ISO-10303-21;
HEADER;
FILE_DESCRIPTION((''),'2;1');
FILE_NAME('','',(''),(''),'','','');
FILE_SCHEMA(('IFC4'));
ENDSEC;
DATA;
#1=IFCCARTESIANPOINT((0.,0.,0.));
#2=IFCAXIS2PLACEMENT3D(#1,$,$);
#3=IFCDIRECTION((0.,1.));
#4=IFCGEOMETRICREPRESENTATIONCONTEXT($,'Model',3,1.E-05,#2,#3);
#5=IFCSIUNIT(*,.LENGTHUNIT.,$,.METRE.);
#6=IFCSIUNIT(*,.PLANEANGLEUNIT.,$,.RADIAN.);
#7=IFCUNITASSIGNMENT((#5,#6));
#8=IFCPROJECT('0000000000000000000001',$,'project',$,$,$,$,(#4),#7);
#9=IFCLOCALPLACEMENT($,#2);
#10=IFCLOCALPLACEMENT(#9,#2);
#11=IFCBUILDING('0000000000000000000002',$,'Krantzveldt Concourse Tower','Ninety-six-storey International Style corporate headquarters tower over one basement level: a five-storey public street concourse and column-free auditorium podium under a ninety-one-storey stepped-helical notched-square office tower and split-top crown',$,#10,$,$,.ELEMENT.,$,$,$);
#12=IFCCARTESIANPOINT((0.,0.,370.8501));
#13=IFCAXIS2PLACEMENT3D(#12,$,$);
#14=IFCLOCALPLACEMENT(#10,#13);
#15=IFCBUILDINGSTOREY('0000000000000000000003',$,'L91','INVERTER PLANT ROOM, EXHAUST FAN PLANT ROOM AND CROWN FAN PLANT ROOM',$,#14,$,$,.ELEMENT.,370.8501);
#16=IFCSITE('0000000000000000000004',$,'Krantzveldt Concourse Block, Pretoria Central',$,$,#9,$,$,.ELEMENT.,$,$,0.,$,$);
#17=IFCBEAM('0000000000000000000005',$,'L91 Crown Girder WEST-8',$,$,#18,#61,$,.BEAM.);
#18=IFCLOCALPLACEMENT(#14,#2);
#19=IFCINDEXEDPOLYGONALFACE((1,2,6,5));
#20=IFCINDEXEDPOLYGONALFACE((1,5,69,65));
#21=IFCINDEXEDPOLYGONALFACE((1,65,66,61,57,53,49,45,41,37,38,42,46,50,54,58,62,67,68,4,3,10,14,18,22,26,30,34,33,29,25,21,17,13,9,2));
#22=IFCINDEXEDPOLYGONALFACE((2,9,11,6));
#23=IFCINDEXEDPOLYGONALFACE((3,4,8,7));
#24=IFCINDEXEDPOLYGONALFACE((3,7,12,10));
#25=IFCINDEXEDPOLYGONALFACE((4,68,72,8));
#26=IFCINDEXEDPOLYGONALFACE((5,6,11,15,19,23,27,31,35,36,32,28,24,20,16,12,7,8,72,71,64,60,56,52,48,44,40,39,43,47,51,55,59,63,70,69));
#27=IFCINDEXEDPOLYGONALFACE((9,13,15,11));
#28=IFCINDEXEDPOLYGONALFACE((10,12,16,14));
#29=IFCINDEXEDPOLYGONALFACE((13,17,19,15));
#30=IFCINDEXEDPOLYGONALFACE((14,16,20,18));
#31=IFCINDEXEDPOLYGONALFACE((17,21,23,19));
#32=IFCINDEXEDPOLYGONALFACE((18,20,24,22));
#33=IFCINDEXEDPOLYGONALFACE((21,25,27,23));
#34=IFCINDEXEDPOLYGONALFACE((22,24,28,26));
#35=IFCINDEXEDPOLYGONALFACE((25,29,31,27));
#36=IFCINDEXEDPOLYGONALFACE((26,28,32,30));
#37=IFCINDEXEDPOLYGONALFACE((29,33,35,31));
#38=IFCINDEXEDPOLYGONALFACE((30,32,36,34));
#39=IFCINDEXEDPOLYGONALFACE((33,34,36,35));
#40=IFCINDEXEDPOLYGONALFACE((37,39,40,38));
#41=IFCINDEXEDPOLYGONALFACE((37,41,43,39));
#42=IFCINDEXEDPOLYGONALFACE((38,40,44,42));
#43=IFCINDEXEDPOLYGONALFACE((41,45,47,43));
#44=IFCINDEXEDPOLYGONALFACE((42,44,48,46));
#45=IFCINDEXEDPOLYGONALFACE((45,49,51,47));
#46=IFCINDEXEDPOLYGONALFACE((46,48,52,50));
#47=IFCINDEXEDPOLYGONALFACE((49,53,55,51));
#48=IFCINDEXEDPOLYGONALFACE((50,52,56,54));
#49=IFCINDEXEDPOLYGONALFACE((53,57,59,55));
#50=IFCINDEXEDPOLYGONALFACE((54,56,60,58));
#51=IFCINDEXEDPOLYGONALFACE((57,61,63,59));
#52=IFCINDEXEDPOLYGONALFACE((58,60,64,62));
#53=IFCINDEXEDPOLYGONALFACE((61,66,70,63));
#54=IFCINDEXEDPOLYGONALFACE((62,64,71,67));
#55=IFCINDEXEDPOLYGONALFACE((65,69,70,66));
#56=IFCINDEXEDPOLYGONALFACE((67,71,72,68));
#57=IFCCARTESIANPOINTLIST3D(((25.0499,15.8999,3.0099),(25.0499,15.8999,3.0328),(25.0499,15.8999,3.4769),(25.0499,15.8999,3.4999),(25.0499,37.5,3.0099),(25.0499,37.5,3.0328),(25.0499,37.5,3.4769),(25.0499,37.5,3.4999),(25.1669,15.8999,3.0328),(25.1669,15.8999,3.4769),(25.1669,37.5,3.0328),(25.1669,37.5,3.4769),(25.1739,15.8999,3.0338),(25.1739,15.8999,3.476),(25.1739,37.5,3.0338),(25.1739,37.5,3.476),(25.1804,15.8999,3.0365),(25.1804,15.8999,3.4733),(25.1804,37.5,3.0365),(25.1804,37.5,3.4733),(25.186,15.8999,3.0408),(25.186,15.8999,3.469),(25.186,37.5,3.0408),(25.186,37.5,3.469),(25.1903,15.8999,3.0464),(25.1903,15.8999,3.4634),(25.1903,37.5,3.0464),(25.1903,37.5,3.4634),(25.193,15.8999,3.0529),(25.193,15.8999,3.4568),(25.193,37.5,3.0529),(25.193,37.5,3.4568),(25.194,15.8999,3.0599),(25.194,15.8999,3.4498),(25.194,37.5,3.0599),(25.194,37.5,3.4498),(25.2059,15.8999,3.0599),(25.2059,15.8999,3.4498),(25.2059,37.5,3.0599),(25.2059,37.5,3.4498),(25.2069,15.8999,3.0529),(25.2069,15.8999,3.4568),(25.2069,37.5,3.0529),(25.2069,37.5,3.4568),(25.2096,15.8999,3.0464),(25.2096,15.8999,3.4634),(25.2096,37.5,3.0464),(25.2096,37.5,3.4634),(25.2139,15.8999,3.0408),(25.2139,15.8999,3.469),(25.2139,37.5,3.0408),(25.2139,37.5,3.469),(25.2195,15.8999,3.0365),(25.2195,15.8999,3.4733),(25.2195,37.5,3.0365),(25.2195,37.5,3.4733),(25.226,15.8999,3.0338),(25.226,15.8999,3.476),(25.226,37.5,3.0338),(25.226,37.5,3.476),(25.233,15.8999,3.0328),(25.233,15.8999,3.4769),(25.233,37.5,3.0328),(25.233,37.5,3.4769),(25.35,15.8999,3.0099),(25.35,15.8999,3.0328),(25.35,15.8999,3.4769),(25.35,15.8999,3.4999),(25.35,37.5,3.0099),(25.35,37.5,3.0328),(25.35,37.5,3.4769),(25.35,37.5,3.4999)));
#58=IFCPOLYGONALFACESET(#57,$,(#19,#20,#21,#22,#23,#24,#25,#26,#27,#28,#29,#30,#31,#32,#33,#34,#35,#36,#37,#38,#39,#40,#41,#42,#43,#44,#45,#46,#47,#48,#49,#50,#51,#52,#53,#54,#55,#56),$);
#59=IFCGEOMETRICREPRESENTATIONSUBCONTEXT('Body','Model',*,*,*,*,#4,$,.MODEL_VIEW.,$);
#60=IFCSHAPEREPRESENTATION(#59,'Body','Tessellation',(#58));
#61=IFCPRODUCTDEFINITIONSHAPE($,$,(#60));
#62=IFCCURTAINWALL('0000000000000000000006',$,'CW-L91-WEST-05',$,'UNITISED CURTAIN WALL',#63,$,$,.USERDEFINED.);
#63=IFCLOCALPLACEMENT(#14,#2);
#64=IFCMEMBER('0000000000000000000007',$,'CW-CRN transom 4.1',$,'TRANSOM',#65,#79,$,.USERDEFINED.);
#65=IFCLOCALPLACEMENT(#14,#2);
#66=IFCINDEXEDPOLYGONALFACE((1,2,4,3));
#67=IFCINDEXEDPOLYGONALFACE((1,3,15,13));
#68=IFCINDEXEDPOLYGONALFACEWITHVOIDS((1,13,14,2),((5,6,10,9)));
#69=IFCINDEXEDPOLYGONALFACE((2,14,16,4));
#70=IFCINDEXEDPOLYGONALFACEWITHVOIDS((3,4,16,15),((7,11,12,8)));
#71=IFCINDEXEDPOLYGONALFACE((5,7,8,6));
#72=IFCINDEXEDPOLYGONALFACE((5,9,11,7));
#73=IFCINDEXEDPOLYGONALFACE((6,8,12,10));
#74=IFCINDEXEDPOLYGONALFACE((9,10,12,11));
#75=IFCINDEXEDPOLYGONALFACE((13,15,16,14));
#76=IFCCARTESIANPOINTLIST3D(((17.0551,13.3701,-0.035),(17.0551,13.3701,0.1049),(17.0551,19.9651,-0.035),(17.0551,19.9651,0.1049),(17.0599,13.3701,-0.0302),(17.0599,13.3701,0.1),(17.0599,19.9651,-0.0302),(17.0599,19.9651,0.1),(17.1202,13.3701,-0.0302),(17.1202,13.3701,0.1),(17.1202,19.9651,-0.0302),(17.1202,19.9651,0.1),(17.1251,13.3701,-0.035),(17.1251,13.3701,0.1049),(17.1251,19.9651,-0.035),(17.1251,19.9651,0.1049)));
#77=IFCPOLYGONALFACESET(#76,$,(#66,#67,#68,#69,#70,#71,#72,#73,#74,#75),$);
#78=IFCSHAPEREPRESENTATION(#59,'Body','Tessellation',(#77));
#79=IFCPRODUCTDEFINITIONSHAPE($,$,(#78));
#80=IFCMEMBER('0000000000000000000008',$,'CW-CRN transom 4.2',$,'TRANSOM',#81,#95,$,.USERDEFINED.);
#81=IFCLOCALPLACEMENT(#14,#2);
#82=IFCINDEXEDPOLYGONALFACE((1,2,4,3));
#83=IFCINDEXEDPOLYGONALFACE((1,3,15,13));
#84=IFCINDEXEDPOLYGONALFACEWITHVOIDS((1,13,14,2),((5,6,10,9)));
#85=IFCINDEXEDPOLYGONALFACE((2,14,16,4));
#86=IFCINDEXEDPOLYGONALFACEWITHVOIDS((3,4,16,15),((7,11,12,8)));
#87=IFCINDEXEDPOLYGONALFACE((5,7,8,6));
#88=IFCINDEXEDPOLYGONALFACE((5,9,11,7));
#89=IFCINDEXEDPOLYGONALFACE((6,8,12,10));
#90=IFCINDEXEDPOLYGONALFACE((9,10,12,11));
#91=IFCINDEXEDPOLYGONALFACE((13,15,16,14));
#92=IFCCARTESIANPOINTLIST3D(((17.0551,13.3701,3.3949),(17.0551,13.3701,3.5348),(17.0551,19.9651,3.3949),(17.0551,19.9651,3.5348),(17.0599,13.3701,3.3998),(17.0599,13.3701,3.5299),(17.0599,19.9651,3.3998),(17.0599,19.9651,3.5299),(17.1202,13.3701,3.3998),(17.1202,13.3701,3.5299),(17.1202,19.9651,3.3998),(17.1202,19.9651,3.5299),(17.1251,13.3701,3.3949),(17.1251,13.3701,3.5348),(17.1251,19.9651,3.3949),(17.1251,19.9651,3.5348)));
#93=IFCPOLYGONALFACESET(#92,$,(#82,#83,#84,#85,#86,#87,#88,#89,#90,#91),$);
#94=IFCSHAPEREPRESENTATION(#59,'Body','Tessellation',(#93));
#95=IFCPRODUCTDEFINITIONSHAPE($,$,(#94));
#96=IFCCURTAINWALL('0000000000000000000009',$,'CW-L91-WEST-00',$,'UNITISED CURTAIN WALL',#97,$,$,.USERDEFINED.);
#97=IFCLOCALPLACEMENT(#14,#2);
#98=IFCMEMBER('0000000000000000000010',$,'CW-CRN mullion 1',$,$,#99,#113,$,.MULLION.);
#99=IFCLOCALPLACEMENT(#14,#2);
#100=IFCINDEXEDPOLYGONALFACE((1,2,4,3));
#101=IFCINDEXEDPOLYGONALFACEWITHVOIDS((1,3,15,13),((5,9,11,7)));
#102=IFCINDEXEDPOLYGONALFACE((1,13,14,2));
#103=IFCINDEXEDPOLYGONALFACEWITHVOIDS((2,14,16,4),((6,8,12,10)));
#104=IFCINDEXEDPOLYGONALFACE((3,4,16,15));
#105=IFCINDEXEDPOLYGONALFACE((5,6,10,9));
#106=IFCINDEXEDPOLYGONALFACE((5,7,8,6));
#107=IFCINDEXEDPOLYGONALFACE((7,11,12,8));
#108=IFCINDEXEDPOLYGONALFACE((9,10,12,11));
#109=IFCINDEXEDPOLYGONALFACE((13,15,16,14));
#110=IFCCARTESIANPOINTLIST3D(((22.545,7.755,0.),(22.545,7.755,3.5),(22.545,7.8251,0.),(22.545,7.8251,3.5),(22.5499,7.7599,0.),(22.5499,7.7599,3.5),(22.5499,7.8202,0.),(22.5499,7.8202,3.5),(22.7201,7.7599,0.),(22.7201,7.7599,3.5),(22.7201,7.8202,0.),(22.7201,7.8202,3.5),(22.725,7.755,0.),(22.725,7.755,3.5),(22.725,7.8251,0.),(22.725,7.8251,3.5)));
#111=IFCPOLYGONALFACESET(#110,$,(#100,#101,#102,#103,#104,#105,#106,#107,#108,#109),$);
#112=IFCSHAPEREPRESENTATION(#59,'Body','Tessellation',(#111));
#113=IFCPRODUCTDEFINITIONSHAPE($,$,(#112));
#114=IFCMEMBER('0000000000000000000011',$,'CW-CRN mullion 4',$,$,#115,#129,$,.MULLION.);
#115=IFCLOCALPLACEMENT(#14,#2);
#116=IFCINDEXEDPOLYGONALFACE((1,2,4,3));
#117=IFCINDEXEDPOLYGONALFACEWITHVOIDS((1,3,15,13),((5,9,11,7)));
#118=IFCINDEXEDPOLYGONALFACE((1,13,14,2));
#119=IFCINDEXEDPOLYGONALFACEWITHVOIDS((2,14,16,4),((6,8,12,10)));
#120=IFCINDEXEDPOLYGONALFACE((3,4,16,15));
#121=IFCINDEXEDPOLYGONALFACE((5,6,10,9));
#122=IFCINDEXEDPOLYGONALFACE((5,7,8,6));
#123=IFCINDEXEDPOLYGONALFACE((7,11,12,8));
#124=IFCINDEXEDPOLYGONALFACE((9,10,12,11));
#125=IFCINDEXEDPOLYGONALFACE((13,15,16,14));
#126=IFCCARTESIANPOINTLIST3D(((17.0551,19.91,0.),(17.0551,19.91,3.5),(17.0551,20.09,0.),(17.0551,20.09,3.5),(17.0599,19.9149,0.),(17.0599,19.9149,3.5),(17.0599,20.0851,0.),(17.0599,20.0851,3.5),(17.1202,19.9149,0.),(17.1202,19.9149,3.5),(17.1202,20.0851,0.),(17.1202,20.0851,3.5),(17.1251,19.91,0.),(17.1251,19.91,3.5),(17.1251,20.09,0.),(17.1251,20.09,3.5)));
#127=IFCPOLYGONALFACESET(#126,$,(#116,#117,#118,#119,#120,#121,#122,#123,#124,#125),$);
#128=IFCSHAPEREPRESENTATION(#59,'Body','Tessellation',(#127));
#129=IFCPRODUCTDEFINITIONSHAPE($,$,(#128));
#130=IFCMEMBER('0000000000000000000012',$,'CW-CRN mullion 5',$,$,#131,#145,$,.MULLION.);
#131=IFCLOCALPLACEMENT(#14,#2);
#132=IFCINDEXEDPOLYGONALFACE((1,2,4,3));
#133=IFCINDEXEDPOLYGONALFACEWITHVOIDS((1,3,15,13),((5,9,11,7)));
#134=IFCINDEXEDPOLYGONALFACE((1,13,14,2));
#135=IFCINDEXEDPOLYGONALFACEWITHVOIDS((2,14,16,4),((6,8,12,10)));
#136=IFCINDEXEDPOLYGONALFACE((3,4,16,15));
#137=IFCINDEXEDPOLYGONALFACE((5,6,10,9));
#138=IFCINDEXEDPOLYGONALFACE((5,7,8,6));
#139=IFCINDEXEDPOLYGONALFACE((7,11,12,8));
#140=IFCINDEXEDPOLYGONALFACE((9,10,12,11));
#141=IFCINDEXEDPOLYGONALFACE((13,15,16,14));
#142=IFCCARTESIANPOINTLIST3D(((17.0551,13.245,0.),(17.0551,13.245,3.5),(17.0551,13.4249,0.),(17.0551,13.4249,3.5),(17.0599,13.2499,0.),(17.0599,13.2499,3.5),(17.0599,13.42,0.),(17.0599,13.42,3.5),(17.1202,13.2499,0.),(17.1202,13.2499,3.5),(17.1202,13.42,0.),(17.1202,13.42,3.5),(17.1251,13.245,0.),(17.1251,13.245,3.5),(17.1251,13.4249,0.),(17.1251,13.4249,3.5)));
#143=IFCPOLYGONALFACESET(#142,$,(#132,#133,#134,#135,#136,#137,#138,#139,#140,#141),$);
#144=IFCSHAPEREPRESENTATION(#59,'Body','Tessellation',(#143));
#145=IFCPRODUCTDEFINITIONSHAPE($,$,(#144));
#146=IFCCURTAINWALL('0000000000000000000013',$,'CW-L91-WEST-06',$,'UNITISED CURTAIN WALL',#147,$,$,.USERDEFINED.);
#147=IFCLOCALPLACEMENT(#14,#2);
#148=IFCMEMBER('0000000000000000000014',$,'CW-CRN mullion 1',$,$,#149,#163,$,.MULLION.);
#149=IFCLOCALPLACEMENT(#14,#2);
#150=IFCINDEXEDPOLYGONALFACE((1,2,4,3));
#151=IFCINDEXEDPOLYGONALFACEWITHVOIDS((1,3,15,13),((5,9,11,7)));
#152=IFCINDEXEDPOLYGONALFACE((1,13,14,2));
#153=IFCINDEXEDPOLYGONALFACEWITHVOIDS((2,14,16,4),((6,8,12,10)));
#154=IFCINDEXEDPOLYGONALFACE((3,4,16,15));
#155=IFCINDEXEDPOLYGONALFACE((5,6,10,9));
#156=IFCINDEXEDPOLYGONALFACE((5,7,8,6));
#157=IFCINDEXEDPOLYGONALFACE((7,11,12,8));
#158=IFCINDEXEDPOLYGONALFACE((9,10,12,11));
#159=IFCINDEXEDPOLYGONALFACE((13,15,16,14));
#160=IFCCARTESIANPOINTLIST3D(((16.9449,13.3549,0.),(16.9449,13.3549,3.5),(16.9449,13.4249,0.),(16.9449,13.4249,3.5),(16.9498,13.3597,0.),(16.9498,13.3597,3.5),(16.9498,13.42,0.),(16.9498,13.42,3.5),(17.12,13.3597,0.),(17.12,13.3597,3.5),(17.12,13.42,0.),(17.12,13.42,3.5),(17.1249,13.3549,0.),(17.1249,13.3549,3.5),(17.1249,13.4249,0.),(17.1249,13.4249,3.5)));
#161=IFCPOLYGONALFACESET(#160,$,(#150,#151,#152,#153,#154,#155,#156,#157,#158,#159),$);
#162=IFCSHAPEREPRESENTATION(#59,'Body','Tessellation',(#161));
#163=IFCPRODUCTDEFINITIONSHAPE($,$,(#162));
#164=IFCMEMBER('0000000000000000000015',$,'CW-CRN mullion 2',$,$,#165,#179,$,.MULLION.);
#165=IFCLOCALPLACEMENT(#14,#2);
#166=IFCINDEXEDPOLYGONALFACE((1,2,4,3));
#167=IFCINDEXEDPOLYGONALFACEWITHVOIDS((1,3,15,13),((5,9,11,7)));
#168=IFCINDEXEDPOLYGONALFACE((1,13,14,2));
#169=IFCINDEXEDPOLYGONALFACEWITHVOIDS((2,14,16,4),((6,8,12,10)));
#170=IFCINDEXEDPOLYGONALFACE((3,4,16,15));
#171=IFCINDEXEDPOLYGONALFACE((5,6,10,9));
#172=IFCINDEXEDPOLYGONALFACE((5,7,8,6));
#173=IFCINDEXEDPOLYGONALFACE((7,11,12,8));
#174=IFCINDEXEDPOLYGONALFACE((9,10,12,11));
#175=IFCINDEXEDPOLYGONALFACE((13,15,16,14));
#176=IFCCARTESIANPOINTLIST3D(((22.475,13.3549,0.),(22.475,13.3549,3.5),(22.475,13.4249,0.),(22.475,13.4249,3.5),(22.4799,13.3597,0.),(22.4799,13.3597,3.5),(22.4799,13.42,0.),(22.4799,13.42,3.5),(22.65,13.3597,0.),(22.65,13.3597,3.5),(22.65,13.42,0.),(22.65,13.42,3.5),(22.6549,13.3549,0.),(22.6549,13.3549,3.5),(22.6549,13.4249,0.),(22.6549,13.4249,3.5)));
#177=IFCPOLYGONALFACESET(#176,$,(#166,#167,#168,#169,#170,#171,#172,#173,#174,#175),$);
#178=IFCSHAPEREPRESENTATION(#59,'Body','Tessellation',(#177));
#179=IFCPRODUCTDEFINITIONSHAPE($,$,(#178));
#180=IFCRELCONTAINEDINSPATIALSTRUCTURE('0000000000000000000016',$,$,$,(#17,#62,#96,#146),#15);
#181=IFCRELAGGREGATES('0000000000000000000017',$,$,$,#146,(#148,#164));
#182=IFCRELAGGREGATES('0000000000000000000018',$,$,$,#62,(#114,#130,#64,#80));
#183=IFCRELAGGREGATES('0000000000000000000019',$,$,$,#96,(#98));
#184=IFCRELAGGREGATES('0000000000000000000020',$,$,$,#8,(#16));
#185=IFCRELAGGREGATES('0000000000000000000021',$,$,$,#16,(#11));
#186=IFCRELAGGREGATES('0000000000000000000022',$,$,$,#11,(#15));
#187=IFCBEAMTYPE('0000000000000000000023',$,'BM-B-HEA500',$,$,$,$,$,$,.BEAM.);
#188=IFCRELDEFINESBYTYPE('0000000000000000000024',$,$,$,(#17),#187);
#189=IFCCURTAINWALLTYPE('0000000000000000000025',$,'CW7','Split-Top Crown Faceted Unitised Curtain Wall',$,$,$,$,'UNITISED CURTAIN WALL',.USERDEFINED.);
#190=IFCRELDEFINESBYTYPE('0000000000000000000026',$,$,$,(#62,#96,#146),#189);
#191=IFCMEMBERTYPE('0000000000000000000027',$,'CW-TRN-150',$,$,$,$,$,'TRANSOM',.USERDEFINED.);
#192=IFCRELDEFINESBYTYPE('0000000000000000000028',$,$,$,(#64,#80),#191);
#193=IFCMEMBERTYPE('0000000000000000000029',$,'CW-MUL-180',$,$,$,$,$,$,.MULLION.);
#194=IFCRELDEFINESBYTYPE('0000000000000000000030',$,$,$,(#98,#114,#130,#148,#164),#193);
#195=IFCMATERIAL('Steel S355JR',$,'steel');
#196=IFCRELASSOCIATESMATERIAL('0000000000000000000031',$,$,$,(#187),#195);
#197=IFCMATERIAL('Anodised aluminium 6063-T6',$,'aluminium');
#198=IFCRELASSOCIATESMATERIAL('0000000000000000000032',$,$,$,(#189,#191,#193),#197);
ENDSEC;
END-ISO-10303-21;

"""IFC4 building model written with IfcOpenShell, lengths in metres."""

from ifc_helpers import new_model, si_unit, direction, frame, origin, origin_2d, place, context, subcontext, project, spatial, hollow_rectangle, i_section, extrude, source, transform, mapped, material, material_profile, profile_set, type_object, type_shapes, element, aggregate, save


model = new_model("IFC4")

# Units and contexts
model_context = context("Model", 3, precision=1e-05, world=origin(), true_north=direction((0.0, 1.0)))
body_context = subcontext(model_context, "Body", "Model", "MODEL_VIEW")
ifc_project = project(units=[si_unit("LENGTHUNIT", "METRE"), si_unit("PLANEANGLEUNIT", "RADIAN")], contexts=[model_context])

# Site, building, storey
site_placement = place(None, origin())
site = spatial("IfcSite", under=ifc_project, at=site_placement, Name="Krantzveldt Concourse Block, Pretoria Central", CompositionType="ELEMENT", RefElevation=0.0)
building_placement = place(site_placement, origin())
building = spatial("IfcBuilding", under=site, at=building_placement, Name="Krantzveldt Concourse Tower", Description="Ninety-six-storey International Style corporate headquarters tower over one basement level: a five-storey public street concourse and column-free auditorium podium under a ninety-one-storey stepped-helical notched-square office tower and split-top crown", CompositionType="ELEMENT")
storey_placement = place(building_placement, frame((0.0, 0.0, 370.8501)))
storey = spatial("IfcBuildingStorey", under=building, at=storey_placement, Name="L91", Description="INVERTER PLANT ROOM, EXHAUST FAN PLANT ROOM AND CROWN FAN PLANT ROOM", CompositionType="ELEMENT", Elevation=370.8501)

# Beam
ifc_material_1 = material(Name="Steel S355JR", Category="steel")
ifc_material_profile_1 = material_profile(ifc_material_1, i_section(OverallWidth=0.3, OverallDepth=0.49, WebThickness=0.012, FlangeThickness=0.0229, FilletRadius=0.0271, at=origin_2d()), Name="Steel S355JR", Category="steel")
ifc_profile_set_1 = profile_set([ifc_material_profile_1], Name="Steel S355JR - HEA 500")
beam_type = type_object("IfcBeamType", Name="BM-B-HEA500", PredefinedType="BEAM", material=ifc_profile_set_1)
shared_shape_1 = source(origin(), body_context, "Body", "SweptSolid", [
    extrude(i_section(OverallWidth=0.3, OverallDepth=0.49, WebThickness=0.012, FlangeThickness=0.0229, FilletRadius=0.0271, at=origin_2d()), origin(), (0.0, 0.0, 1.0), 21.6001),
])
beam_1_placement = place(storey_placement, frame((25.2, 15.8999, 3.2549), z_axis=(0.0, 1.0, 0.0), x_axis=(-1.0, 0.0, 0.0)))
element("IfcBeam", 1, at=beam_1_placement, inside=storey, type_object=beam_type, Name="L91 Crown Girder WEST-8", PredefinedType="BEAM", context=body_context, shape_type="MappedRepresentation", body=[
    mapped(shared_shape_1, transform((0.0, 0.0, 0.0), x_axis=(1.0, 0.0, 0.0), y_axis=(0.0, 1.0, 0.0), z_axis=(0.0, 0.0, 1.0), scale=1.0)),
])

# Curtain wall, members
ifc_material_2 = material(Name="Anodised aluminium 6063-T6", Category="aluminium")
curtain_wall_type = type_object("IfcCurtainWallType", Name="CW7", Description="Split-Top Crown Faceted Unitised Curtain Wall", ElementType="UNITISED CURTAIN WALL", PredefinedType="USERDEFINED", material=ifc_material_2)
curtain_wall_1_placement = place(storey_placement, origin())
curtain_wall_1 = element("IfcCurtainWall", 2, at=curtain_wall_1_placement, inside=storey, type_object=curtain_wall_type, Name="CW-L91-WEST-05", ObjectType="UNITISED CURTAIN WALL", PredefinedType="USERDEFINED")
ifc_material_profile_2 = material_profile(ifc_material_2, hollow_rectangle(XDim=0.0701, YDim=0.1399, WallThickness=0.0049, at=origin_2d()), Name="Anodised aluminium 6063-T6", Category="aluminium")
ifc_profile_set_2 = profile_set([ifc_material_profile_2], Name="Anodised aluminium 6063-T6 - ALU-TRAN 140x70x5")
member_type_1 = type_object("IfcMemberType", Name="CW-TRN-150", ElementType="TRANSOM", PredefinedType="USERDEFINED", material=ifc_profile_set_2)
shared_shape_2 = source(origin(), body_context, "Body", "SweptSolid", [
    extrude(hollow_rectangle(XDim=0.0701, YDim=0.1399, WallThickness=0.0049, at=origin_2d()), origin(), (0.0, 0.0, 1.0), 6.595),
])
member_1_placement = place(storey_placement, frame((17.0901, 19.9651, 0.0349), z_axis=(0.0, -1.0, 0.0), x_axis=(1.0, 0.0, 0.0)))
member_1 = element("IfcMember", 3, at=member_1_placement, type_object=member_type_1, Name="CW-CRN transom 4.1", ObjectType="TRANSOM", PredefinedType="USERDEFINED", context=body_context, shape_type="MappedRepresentation", body=[
    mapped(shared_shape_2, transform((0.0, 0.0, 0.0), x_axis=(1.0, 0.0, 0.0), y_axis=(0.0, 1.0, 0.0), z_axis=(0.0, 0.0, 1.0), scale=1.0)),
])
member_2_placement = place(storey_placement, frame((17.0901, 19.9651, 3.4648), z_axis=(0.0, -1.0, 0.0), x_axis=(1.0, 0.0, 0.0)))
member_2 = element("IfcMember", 4, at=member_2_placement, type_object=member_type_1, Name="CW-CRN transom 4.2", ObjectType="TRANSOM", PredefinedType="USERDEFINED", context=body_context, shape_type="MappedRepresentation", body=[
    mapped(shared_shape_2, transform((0.0, 0.0, 0.0), x_axis=(1.0, 0.0, 0.0), y_axis=(0.0, 1.0, 0.0), z_axis=(0.0, 0.0, 1.0), scale=1.0)),
])

# Curtain wall, member
curtain_wall_2_placement = place(storey_placement, origin())
curtain_wall_2 = element("IfcCurtainWall", 5, at=curtain_wall_2_placement, inside=storey, type_object=curtain_wall_type, Name="CW-L91-WEST-00", ObjectType="UNITISED CURTAIN WALL", PredefinedType="USERDEFINED")
ifc_material_profile_3 = material_profile(ifc_material_2, hollow_rectangle(XDim=0.0701, YDim=0.1799, WallThickness=0.0049, at=origin_2d()), Name="Anodised aluminium 6063-T6", Category="aluminium")
ifc_profile_set_3 = profile_set([ifc_material_profile_3], Name="Anodised aluminium 6063-T6 - ALU-MULL 180x70x5")
member_type_2 = type_object("IfcMemberType", Name="CW-MUL-180", PredefinedType="MULLION", material=ifc_profile_set_3)
shared_shape_3 = source(origin(), body_context, "Body", "SweptSolid", [
    extrude(hollow_rectangle(XDim=0.0701, YDim=0.1799, WallThickness=0.0049, at=origin_2d()), origin(), (0.0, 0.0, 1.0), 3.5),
])
type_shapes(member_type_2, [shared_shape_3])
member_3_placement = place(storey_placement, frame((22.635, 7.79, 0.0), z_axis=(0.0, 0.0, 1.0), x_axis=(0.0, 1.0, 0.0)))
member_3 = element("IfcMember", 6, at=member_3_placement, type_object=member_type_2, Name="CW-CRN mullion 1", PredefinedType="MULLION", context=body_context, shape_type="MappedRepresentation", body=[
    mapped(shared_shape_3, transform((0.0, 0.0, 0.0), x_axis=(1.0, 0.0, 0.0), y_axis=(0.0, 1.0, 0.0), z_axis=(0.0, 0.0, 1.0), scale=1.0)),
])

# Members
member_4_placement = place(storey_placement, frame((17.0901, 20.0, 0.0), z_axis=(0.0, 0.0, 1.0), x_axis=(1.0, 0.0, 0.0)))
member_4 = element("IfcMember", 7, at=member_4_placement, type_object=member_type_2, Name="CW-CRN mullion 4", PredefinedType="MULLION", context=body_context, shape_type="MappedRepresentation", body=[
    mapped(shared_shape_3, transform((0.0, 0.0, 0.0), x_axis=(1.0, 0.0, 0.0), y_axis=(0.0, 1.0, 0.0), z_axis=(0.0, 0.0, 1.0), scale=1.0)),
])
member_5_placement = place(storey_placement, frame((17.0901, 13.335, 0.0), z_axis=(0.0, 0.0, 1.0), x_axis=(1.0, 0.0, 0.0)))
member_5 = element("IfcMember", 8, at=member_5_placement, type_object=member_type_2, Name="CW-CRN mullion 5", PredefinedType="MULLION", context=body_context, shape_type="MappedRepresentation", body=[
    mapped(shared_shape_3, transform((0.0, 0.0, 0.0), x_axis=(1.0, 0.0, 0.0), y_axis=(0.0, 1.0, 0.0), z_axis=(0.0, 0.0, 1.0), scale=1.0)),
])

# Curtain wall, members
curtain_wall_3_placement = place(storey_placement, origin())
curtain_wall_3 = element("IfcCurtainWall", 9, at=curtain_wall_3_placement, inside=storey, type_object=curtain_wall_type, Name="CW-L91-WEST-06", ObjectType="UNITISED CURTAIN WALL", PredefinedType="USERDEFINED")
member_6_placement = place(storey_placement, frame((17.0349, 13.3899, 0.0), z_axis=(0.0, 0.0, 1.0), x_axis=(0.0, 1.0, 0.0)))
member_6 = element("IfcMember", 10, at=member_6_placement, type_object=member_type_2, Name="CW-CRN mullion 1", PredefinedType="MULLION", context=body_context, shape_type="MappedRepresentation", body=[
    mapped(shared_shape_3, transform((0.0, 0.0, 0.0), x_axis=(1.0, 0.0, 0.0), y_axis=(0.0, 1.0, 0.0), z_axis=(0.0, 0.0, 1.0), scale=1.0)),
])
member_7_placement = place(storey_placement, frame((22.5649, 13.3899, 0.0), z_axis=(0.0, 0.0, 1.0), x_axis=(0.0, 1.0, 0.0)))
member_7 = element("IfcMember", 11, at=member_7_placement, type_object=member_type_2, Name="CW-CRN mullion 2", PredefinedType="MULLION", context=body_context, shape_type="MappedRepresentation", body=[
    mapped(shared_shape_3, transform((0.0, 0.0, 0.0), x_axis=(1.0, 0.0, 0.0), y_axis=(0.0, 1.0, 0.0), z_axis=(0.0, 0.0, 1.0), scale=1.0)),
])

aggregate(curtain_wall_3, [member_6, member_7])
aggregate(curtain_wall_1, [member_4, member_5, member_1, member_2])
aggregate(curtain_wall_2, [member_3])

save(model, "model.ifc")
